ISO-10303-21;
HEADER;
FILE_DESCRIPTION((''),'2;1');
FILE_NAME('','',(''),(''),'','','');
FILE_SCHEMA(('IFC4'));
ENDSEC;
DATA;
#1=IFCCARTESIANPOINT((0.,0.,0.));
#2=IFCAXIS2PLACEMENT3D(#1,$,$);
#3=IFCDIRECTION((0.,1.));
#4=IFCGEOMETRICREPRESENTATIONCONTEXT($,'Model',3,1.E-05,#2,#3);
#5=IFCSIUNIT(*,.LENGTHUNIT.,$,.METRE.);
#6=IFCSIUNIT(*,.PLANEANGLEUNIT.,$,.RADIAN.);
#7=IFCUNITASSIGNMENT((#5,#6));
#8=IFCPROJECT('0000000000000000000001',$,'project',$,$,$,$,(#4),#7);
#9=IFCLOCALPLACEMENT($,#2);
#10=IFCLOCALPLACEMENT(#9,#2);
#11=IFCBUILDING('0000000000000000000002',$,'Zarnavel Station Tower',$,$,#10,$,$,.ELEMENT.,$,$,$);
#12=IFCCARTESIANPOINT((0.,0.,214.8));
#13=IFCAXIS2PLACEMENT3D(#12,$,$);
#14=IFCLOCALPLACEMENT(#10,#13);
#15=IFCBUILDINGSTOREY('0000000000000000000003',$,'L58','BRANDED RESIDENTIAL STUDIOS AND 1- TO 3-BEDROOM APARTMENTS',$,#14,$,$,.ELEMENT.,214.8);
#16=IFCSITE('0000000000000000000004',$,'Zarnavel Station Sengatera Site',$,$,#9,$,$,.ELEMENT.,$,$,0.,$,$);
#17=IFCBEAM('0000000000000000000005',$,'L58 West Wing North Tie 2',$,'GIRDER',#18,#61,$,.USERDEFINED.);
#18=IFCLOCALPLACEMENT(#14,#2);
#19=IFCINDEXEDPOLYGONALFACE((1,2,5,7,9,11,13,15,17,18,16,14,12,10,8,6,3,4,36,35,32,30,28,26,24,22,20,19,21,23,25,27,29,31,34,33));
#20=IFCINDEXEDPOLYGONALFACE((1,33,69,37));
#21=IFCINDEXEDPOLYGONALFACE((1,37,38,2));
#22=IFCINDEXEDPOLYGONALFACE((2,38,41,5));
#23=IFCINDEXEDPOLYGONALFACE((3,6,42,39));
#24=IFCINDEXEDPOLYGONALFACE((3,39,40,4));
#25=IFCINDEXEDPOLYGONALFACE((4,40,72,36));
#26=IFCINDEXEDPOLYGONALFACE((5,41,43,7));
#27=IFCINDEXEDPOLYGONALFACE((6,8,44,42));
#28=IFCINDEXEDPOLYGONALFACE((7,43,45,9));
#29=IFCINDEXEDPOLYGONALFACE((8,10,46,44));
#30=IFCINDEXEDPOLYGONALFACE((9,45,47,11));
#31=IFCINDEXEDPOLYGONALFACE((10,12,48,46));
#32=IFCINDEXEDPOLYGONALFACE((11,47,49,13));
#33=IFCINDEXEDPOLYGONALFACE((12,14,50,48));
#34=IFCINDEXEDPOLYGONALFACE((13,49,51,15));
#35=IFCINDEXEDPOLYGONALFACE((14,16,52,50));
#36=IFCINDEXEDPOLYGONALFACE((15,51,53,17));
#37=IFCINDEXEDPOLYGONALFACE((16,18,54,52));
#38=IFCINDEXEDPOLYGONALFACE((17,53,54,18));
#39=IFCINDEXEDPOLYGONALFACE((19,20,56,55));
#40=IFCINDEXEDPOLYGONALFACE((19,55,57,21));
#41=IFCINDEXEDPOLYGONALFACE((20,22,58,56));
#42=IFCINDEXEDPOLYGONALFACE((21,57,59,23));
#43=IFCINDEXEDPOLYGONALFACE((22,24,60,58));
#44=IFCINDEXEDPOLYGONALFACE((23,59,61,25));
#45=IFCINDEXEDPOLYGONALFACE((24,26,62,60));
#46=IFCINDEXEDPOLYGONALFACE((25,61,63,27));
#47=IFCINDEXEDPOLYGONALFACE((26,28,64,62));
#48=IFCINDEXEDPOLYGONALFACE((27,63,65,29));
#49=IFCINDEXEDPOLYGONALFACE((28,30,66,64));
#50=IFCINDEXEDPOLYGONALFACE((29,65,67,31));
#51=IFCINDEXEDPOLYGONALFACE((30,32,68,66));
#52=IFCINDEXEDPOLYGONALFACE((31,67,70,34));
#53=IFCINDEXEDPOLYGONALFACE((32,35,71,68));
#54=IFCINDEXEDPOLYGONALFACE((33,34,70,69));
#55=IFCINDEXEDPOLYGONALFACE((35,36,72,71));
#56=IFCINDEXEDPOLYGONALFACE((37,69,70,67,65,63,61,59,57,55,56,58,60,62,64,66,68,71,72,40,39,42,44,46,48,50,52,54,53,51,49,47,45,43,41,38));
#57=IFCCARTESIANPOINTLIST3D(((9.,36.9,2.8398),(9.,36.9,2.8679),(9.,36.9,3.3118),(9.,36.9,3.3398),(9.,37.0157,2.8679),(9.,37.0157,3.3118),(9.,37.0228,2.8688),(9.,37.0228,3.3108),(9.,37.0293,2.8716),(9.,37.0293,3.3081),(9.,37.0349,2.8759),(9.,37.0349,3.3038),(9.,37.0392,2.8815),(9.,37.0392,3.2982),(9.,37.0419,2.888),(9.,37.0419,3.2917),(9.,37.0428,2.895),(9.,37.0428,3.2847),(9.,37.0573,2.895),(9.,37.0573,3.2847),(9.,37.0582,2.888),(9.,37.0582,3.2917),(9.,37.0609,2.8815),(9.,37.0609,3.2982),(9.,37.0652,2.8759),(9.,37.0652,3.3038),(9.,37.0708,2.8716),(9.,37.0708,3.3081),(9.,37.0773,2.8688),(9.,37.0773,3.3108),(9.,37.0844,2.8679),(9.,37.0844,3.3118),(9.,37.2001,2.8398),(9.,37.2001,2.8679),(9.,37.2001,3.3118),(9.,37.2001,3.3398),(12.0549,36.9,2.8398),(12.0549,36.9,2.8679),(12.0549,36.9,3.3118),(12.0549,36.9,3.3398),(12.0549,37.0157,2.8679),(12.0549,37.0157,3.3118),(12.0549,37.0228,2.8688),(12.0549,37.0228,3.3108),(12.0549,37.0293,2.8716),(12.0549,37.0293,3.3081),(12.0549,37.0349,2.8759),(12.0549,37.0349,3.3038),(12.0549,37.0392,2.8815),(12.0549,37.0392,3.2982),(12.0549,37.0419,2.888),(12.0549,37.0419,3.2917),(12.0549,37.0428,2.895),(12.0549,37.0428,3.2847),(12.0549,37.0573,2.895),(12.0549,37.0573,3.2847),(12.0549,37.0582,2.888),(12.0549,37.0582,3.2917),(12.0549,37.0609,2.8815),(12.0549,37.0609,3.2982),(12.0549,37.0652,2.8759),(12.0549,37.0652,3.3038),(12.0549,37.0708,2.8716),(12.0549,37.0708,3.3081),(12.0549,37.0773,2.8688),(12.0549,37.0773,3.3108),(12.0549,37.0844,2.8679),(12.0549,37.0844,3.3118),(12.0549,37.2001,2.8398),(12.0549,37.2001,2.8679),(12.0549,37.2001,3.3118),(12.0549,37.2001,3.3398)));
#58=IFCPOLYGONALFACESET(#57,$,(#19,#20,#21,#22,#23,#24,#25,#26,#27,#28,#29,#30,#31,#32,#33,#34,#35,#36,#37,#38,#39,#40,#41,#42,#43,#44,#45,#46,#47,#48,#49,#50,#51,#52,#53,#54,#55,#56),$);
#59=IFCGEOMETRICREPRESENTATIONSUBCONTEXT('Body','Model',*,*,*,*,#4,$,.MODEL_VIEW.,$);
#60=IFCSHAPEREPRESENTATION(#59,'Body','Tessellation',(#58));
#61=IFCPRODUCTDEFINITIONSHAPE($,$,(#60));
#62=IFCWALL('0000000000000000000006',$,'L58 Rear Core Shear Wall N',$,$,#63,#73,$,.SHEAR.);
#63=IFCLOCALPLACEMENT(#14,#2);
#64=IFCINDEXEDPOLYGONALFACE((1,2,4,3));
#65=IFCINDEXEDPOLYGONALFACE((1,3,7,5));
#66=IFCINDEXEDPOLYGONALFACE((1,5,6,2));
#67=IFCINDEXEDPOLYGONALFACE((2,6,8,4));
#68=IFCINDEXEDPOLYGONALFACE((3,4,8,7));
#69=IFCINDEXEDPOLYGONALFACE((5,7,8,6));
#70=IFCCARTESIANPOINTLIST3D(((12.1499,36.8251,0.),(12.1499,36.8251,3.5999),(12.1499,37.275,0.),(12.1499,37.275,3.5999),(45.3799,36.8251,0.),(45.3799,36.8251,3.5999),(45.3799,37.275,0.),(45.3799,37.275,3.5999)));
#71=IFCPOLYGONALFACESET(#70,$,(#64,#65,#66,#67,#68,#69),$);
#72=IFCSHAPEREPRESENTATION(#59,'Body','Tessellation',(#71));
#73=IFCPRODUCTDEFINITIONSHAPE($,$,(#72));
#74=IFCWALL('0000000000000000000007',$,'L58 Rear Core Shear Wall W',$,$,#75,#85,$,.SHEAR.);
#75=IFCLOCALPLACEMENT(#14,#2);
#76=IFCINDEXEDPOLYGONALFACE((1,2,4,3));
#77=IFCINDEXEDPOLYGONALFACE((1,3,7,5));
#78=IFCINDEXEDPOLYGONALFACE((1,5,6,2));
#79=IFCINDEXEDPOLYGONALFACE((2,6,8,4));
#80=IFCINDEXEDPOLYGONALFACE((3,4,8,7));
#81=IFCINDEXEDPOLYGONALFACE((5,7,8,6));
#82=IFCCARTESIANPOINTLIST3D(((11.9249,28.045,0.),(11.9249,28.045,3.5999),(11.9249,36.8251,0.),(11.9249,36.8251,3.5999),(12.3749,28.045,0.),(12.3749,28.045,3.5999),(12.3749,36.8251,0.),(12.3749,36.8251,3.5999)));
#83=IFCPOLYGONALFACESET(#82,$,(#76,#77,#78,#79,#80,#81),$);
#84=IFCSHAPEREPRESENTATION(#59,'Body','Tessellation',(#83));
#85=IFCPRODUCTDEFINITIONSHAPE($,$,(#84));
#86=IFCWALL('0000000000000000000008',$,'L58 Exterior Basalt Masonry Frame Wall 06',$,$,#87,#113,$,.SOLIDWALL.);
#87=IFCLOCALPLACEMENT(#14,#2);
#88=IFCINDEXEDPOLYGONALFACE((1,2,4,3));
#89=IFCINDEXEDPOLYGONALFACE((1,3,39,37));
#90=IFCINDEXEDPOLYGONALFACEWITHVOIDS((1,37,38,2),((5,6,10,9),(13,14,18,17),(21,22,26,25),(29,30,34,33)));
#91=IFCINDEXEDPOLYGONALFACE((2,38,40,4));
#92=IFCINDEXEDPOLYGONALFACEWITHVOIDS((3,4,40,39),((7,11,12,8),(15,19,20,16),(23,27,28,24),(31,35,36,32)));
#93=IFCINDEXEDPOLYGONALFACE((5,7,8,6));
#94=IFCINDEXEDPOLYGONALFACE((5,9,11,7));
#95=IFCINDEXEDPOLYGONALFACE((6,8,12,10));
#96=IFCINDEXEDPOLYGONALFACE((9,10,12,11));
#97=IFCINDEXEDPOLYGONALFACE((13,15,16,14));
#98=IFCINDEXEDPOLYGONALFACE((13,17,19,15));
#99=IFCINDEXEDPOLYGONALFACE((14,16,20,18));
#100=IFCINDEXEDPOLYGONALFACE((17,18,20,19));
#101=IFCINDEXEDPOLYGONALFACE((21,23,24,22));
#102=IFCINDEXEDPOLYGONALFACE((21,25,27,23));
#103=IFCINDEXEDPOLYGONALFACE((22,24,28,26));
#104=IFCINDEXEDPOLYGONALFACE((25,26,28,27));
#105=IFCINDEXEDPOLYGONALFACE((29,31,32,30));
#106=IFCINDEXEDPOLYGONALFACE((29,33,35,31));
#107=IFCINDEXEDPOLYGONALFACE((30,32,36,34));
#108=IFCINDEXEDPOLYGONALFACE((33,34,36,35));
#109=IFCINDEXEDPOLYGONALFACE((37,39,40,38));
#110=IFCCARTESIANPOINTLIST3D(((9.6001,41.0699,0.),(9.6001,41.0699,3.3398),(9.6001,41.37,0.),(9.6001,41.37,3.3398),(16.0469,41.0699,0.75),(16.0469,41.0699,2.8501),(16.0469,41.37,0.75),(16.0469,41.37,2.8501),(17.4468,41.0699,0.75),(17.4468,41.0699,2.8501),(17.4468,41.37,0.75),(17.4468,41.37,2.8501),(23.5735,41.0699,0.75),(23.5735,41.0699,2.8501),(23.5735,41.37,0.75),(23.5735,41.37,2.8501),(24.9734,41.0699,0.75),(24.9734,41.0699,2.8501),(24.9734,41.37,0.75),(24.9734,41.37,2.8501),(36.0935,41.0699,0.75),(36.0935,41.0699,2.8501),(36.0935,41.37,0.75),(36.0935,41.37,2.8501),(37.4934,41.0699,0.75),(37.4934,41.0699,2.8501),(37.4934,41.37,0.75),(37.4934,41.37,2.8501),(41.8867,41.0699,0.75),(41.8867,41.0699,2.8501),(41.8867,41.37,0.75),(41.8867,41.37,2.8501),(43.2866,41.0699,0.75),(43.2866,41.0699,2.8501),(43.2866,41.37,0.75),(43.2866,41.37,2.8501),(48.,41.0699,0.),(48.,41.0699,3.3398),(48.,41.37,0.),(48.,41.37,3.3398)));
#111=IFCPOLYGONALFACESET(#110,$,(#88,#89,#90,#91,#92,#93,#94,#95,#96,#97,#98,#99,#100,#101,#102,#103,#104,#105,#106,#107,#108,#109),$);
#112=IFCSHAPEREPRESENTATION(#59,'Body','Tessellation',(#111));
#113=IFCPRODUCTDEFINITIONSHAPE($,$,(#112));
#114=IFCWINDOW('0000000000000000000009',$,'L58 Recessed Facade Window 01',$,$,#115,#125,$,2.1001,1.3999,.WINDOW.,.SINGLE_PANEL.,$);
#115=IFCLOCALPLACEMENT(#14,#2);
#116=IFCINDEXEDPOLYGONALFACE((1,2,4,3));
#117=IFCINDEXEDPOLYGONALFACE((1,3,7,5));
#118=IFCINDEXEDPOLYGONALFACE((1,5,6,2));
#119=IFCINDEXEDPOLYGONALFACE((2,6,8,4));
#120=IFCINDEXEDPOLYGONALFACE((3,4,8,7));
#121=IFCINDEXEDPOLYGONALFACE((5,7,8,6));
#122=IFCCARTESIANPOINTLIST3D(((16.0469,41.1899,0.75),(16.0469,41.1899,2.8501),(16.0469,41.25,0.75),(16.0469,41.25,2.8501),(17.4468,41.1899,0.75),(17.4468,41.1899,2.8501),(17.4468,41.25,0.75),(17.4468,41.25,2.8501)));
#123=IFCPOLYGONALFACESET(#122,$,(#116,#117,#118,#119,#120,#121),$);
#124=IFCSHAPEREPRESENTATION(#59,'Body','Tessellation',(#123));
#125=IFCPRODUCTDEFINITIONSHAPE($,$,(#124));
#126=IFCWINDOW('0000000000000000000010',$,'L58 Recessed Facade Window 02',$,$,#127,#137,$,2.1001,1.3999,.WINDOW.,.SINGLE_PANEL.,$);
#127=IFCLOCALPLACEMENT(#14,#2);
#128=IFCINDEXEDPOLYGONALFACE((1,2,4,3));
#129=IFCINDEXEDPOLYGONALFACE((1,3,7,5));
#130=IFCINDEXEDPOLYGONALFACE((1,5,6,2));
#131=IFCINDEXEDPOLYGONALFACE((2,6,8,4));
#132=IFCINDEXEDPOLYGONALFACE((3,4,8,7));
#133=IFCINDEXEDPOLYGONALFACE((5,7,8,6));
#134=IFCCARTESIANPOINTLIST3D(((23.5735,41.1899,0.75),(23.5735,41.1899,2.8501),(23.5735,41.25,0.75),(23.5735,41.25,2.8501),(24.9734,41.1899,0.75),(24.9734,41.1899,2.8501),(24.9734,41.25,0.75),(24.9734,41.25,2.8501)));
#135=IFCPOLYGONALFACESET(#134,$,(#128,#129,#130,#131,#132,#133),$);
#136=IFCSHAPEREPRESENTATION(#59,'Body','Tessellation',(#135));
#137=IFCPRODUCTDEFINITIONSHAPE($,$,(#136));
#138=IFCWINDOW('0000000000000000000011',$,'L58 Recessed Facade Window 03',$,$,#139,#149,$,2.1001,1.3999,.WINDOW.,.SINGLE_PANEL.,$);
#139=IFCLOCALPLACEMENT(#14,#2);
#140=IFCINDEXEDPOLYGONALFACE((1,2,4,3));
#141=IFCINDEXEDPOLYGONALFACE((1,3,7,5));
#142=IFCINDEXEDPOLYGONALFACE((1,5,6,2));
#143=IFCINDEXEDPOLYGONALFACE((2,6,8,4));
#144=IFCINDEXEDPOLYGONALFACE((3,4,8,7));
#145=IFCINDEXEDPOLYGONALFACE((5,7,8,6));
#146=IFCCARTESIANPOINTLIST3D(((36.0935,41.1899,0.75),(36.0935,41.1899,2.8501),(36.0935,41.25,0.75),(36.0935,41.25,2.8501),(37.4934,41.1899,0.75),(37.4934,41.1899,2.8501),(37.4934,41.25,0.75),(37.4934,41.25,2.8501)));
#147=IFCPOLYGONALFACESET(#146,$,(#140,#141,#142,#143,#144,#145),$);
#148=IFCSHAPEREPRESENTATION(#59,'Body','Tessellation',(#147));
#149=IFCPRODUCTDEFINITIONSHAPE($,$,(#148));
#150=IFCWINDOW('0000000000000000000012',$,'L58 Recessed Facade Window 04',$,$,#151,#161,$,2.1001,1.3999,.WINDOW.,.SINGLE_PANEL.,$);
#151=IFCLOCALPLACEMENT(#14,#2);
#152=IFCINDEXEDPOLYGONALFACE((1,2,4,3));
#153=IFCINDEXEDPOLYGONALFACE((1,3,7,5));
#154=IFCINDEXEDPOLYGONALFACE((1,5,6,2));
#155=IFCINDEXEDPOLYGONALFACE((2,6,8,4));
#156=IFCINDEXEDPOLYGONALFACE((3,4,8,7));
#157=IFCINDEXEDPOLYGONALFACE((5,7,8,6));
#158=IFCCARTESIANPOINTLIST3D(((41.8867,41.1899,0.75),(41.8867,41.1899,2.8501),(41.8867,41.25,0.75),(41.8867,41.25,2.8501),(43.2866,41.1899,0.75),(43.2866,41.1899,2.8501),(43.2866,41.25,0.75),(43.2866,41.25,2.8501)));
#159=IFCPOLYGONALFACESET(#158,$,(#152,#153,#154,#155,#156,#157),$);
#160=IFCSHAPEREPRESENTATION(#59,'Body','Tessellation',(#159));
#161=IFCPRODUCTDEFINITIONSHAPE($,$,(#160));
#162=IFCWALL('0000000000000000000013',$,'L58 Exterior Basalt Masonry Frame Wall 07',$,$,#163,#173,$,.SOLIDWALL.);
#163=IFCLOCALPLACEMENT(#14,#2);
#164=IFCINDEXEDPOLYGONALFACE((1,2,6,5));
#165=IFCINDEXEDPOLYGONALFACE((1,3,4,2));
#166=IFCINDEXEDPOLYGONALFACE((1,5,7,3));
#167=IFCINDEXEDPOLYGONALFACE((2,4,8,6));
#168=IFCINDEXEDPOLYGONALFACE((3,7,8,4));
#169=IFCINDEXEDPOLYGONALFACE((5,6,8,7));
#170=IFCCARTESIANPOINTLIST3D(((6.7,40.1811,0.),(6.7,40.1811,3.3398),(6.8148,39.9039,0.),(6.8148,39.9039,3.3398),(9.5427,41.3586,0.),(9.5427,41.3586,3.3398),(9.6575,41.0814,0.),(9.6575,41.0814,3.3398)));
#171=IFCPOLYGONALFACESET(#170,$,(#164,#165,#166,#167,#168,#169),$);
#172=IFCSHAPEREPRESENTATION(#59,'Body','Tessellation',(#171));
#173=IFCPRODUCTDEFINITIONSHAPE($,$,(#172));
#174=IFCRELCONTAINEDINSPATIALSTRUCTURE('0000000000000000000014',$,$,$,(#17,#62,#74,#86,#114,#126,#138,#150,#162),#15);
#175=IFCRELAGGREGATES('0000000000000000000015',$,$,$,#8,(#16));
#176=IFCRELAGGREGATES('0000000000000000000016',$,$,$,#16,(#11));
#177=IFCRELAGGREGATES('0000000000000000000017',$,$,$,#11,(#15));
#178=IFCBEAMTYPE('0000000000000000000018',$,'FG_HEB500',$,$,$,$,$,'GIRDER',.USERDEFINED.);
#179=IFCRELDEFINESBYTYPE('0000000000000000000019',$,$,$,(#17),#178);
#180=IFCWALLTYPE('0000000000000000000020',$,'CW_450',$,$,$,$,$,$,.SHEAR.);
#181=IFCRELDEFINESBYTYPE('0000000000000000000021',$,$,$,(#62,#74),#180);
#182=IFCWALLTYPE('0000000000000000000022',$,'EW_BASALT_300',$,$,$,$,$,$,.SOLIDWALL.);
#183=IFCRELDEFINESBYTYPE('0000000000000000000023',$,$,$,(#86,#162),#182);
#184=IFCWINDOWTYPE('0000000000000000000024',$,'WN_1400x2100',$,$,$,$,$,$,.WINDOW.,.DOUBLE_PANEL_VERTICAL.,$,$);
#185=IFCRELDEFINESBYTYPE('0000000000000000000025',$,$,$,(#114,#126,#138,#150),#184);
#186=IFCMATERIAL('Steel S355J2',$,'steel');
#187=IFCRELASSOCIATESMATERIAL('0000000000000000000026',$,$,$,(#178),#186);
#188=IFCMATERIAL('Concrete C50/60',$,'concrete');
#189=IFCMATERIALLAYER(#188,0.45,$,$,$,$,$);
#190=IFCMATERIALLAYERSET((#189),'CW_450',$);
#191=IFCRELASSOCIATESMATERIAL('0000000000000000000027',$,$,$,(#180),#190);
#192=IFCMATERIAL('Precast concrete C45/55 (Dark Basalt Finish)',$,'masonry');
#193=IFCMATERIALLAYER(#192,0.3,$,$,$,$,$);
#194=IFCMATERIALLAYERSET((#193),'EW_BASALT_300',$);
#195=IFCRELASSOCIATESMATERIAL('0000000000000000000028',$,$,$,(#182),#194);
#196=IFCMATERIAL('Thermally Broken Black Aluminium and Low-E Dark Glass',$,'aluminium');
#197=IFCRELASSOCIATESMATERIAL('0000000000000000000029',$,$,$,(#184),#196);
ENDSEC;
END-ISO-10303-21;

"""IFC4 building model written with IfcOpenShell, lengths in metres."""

from ifc_helpers import new_model, si_unit, direction, frame, frame_2d, origin, origin_2d, place, context, subcontext, project, spatial, rectangle, i_section, extrude, material, layer, layer_set, material_profile, profile_set, type_object, element, fill, save


model = new_model("IFC4")

# Units and contexts
model_context = context("Model", 3, precision=1e-05, world=origin(), true_north=direction((0.0, 1.0)))
body_context = subcontext(model_context, "Body", "Model", "MODEL_VIEW")
ifc_project = project(units=[si_unit("LENGTHUNIT", "METRE"), si_unit("PLANEANGLEUNIT", "RADIAN")], contexts=[model_context])

# Site, building, storey
site_placement = place(None, origin())
site = spatial("IfcSite", under=ifc_project, at=site_placement, Name="Zarnavel Station Sengatera Site", CompositionType="ELEMENT", RefElevation=0.0)
building_placement = place(site_placement, origin())
building = spatial("IfcBuilding", under=site, at=building_placement, Name="Zarnavel Station Tower", CompositionType="ELEMENT")
storey_placement = place(building_placement, frame((0.0, 0.0, 214.8)))
storey = spatial("IfcBuildingStorey", under=building, at=storey_placement, Name="L58", Description="BRANDED RESIDENTIAL STUDIOS AND 1- TO 3-BEDROOM APARTMENTS", CompositionType="ELEMENT", Elevation=214.8)

# Beam
ifc_material_1 = material(Name="Steel S355J2", Category="steel")
ifc_material_profile_1 = material_profile(ifc_material_1, i_section(OverallWidth=0.3, OverallDepth=0.5, WebThickness=0.0144, FlangeThickness=0.0281, FilletRadius=0.0271, at=origin_2d()), Name="HEB500")
ifc_profile_set_1 = profile_set([ifc_material_profile_1], Name="Steel S355J2")
beam_type = type_object("IfcBeamType", Name="FG_HEB500", ElementType="GIRDER", PredefinedType="USERDEFINED", material=ifc_profile_set_1)
beam_1_placement = place(storey_placement, frame((9.0, 37.05, 3.0898), z_axis=(1.0, 0.0, 0.0), x_axis=(0.0, 1.0, 0.0)))
element("IfcBeam", 1, at=beam_1_placement, inside=storey, type_object=beam_type, Name="L58 West Wing North Tie 2", ObjectType="GIRDER", PredefinedType="USERDEFINED", context=body_context, shape_type="SweptSolid", body=[
    extrude(i_section(OverallWidth=0.3, OverallDepth=0.5, WebThickness=0.0144, FlangeThickness=0.0281, FilletRadius=0.0271, at=origin_2d()), origin(), (0.0, 0.0, 1.0), 3.0549),
])

# Walls
ifc_material_2 = material(Name="Concrete C50/60", Category="concrete")
ifc_layer_1 = layer(ifc_material_2, 0.45)
ifc_layer_set_1 = layer_set([ifc_layer_1], Name="CW_450")
wall_type_1 = type_object("IfcWallType", Name="CW_450", PredefinedType="SHEAR", material=ifc_layer_set_1)
wall_1_placement = place(storey_placement, frame((12.1499, 37.05, 0.0), z_axis=(0.0, 0.0, 1.0), x_axis=(1.0, 0.0, 0.0)))
element("IfcWall", 2, at=wall_1_placement, inside=storey, type_object=wall_type_1, Name="L58 Rear Core Shear Wall N", PredefinedType="SHEAR", context=body_context, shape_type="SweptSolid", body=[
    extrude(rectangle(XDim=33.23, YDim=0.45, at=frame_2d((16.615, 0.0))), origin(), (0.0, 0.0, 1.0), 3.5999),
])
wall_2_placement = place(storey_placement, frame((12.1499, 28.0449, 0.0), z_axis=(0.0, 0.0, 1.0), x_axis=(0.0, 1.0, 0.0)))
element("IfcWall", 3, at=wall_2_placement, inside=storey, type_object=wall_type_1, Name="L58 Rear Core Shear Wall W", PredefinedType="SHEAR", context=body_context, shape_type="SweptSolid", body=[
    extrude(rectangle(XDim=8.78, YDim=0.45, at=frame_2d((4.3901, 0.0))), origin(), (0.0, 0.0, 1.0), 3.5999),
])

# Wall, openings, windows
ifc_material_3 = material(Name="Precast concrete C45/55 (Dark Basalt Finish)", Category="masonry")
ifc_layer_2 = layer(ifc_material_3, 0.3)
ifc_layer_set_2 = layer_set([ifc_layer_2], Name="EW_BASALT_300")
wall_type_2 = type_object("IfcWallType", Name="EW_BASALT_300", PredefinedType="SOLIDWALL", material=ifc_layer_set_2)
wall_3_placement = place(storey_placement, frame((9.6001, 41.22, 0.0), z_axis=(0.0, 0.0, 1.0), x_axis=(1.0, 0.0, 0.0)))
wall_3 = element("IfcWall", 4, at=wall_3_placement, inside=storey, type_object=wall_type_2, Name="L58 Exterior Basalt Masonry Frame Wall 06", PredefinedType="SOLIDWALL", context=body_context, shape_type="SweptSolid", body=[
    extrude(rectangle(XDim=38.3999, YDim=0.3, at=frame_2d((19.2, 0.0))), origin(), (0.0, 0.0, 1.0), 3.3398),
])
opening_1_placement = place(wall_3_placement, frame((6.4468, 0.0, 0.75)))
opening_1 = element("IfcOpeningElement", 5, at=opening_1_placement, cuts=wall_3, PredefinedType="OPENING", context=body_context, shape_type="SweptSolid", body=[
    extrude(rectangle(XDim=1.3999, YDim=2.1001, at=frame_2d((0.7, 1.05))), frame((0.0, 0.1599, 0.0), z_axis=(0.0, -1.0, 0.0), x_axis=(1.0, 0.0, 0.0)), (0.0, 0.0, 1.0), 0.3201),
])
opening_2_placement = place(wall_3_placement, frame((13.9734, 0.0, 0.75)))
opening_2 = element("IfcOpeningElement", 6, at=opening_2_placement, cuts=wall_3, PredefinedType="OPENING", context=body_context, shape_type="SweptSolid", body=[
    extrude(rectangle(XDim=1.3999, YDim=2.1001, at=frame_2d((0.7, 1.05))), frame((0.0, 0.1599, 0.0), z_axis=(0.0, -1.0, 0.0), x_axis=(1.0, 0.0, 0.0)), (0.0, 0.0, 1.0), 0.3201),
])
opening_3_placement = place(wall_3_placement, frame((26.4934, 0.0, 0.75)))
opening_3 = element("IfcOpeningElement", 7, at=opening_3_placement, cuts=wall_3, PredefinedType="OPENING", context=body_context, shape_type="SweptSolid", body=[
    extrude(rectangle(XDim=1.3999, YDim=2.1001, at=frame_2d((0.7, 1.05))), frame((0.0, 0.1599, 0.0), z_axis=(0.0, -1.0, 0.0), x_axis=(1.0, 0.0, 0.0)), (0.0, 0.0, 1.0), 0.3201),
])
opening_4_placement = place(wall_3_placement, frame((32.2866, 0.0, 0.75)))
opening_4 = element("IfcOpeningElement", 8, at=opening_4_placement, cuts=wall_3, PredefinedType="OPENING", context=body_context, shape_type="SweptSolid", body=[
    extrude(rectangle(XDim=1.3999, YDim=2.1001, at=frame_2d((0.7, 1.05))), frame((0.0, 0.1599, 0.0), z_axis=(0.0, -1.0, 0.0), x_axis=(1.0, 0.0, 0.0)), (0.0, 0.0, 1.0), 0.3201),
])
ifc_material_4 = material(Name="Thermally Broken Black Aluminium and Low-E Dark Glass", Category="aluminium")
window_type = type_object("IfcWindowType", Name="WN_1400x2100", PartitioningType="DOUBLE_PANEL_VERTICAL", PredefinedType="WINDOW", material=ifc_material_4)
window_1_placement = place(opening_1_placement, origin())
window_1 = element("IfcWindow", 9, at=window_1_placement, inside=storey, type_object=window_type, Name="L58 Recessed Facade Window 01", OverallHeight=2.1001, OverallWidth=1.3999, PartitioningType="SINGLE_PANEL", PredefinedType="WINDOW", context=body_context, shape_type="SweptSolid", body=[
    extrude(rectangle(XDim=1.3999, YDim=2.1001, at=frame_2d((0.7, 1.05))), frame((0.0, 0.03, 0.0), z_axis=(0.0, -1.0, 0.0), x_axis=(1.0, 0.0, 0.0)), (0.0, 0.0, 1.0), 0.0601),
])
fill(opening_1, window_1)
window_2_placement = place(opening_2_placement, origin())
window_2 = element("IfcWindow", 10, at=window_2_placement, inside=storey, type_object=window_type, Name="L58 Recessed Facade Window 02", OverallHeight=2.1001, OverallWidth=1.3999, PartitioningType="SINGLE_PANEL", PredefinedType="WINDOW", context=body_context, shape_type="SweptSolid", body=[
    extrude(rectangle(XDim=1.3999, YDim=2.1001, at=frame_2d((0.7, 1.05))), frame((0.0, 0.03, 0.0), z_axis=(0.0, -1.0, 0.0), x_axis=(1.0, 0.0, 0.0)), (0.0, 0.0, 1.0), 0.0601),
])
fill(opening_2, window_2)
window_3_placement = place(opening_3_placement, origin())
window_3 = element("IfcWindow", 11, at=window_3_placement, inside=storey, type_object=window_type, Name="L58 Recessed Facade Window 03", OverallHeight=2.1001, OverallWidth=1.3999, PartitioningType="SINGLE_PANEL", PredefinedType="WINDOW", context=body_context, shape_type="SweptSolid", body=[
    extrude(rectangle(XDim=1.3999, YDim=2.1001, at=frame_2d((0.7, 1.05))), frame((0.0, 0.03, 0.0), z_axis=(0.0, -1.0, 0.0), x_axis=(1.0, 0.0, 0.0)), (0.0, 0.0, 1.0), 0.0601),
])
fill(opening_3, window_3)
window_4_placement = place(opening_4_placement, origin())
window_4 = element("IfcWindow", 12, at=window_4_placement, inside=storey, type_object=window_type, Name="L58 Recessed Facade Window 04", OverallHeight=2.1001, OverallWidth=1.3999, PartitioningType="SINGLE_PANEL", PredefinedType="WINDOW", context=body_context, shape_type="SweptSolid", body=[
    extrude(rectangle(XDim=1.3999, YDim=2.1001, at=frame_2d((0.7, 1.05))), frame((0.0, 0.03, 0.0), z_axis=(0.0, -1.0, 0.0), x_axis=(1.0, 0.0, 0.0)), (0.0, 0.0, 1.0), 0.0601),
])
fill(opening_4, window_4)

# Wall
wall_4_placement = place(storey_placement, frame((6.7573, 40.0425, 0.0), z_axis=(0.0, 0.0, 1.0), x_axis=(0.923882, 0.382676, 0.0)))
element("IfcWall", 13, at=wall_4_placement, inside=storey, type_object=wall_type_2, Name="L58 Exterior Basalt Masonry Frame Wall 07", PredefinedType="SOLIDWALL", context=body_context, shape_type="SweptSolid", body=[
    extrude(rectangle(XDim=3.0769, YDim=0.3, at=frame_2d((1.5386, 0.0))), origin(), (0.0, 0.0, 1.0), 3.3398),
])

save(model, "model.ifc")
